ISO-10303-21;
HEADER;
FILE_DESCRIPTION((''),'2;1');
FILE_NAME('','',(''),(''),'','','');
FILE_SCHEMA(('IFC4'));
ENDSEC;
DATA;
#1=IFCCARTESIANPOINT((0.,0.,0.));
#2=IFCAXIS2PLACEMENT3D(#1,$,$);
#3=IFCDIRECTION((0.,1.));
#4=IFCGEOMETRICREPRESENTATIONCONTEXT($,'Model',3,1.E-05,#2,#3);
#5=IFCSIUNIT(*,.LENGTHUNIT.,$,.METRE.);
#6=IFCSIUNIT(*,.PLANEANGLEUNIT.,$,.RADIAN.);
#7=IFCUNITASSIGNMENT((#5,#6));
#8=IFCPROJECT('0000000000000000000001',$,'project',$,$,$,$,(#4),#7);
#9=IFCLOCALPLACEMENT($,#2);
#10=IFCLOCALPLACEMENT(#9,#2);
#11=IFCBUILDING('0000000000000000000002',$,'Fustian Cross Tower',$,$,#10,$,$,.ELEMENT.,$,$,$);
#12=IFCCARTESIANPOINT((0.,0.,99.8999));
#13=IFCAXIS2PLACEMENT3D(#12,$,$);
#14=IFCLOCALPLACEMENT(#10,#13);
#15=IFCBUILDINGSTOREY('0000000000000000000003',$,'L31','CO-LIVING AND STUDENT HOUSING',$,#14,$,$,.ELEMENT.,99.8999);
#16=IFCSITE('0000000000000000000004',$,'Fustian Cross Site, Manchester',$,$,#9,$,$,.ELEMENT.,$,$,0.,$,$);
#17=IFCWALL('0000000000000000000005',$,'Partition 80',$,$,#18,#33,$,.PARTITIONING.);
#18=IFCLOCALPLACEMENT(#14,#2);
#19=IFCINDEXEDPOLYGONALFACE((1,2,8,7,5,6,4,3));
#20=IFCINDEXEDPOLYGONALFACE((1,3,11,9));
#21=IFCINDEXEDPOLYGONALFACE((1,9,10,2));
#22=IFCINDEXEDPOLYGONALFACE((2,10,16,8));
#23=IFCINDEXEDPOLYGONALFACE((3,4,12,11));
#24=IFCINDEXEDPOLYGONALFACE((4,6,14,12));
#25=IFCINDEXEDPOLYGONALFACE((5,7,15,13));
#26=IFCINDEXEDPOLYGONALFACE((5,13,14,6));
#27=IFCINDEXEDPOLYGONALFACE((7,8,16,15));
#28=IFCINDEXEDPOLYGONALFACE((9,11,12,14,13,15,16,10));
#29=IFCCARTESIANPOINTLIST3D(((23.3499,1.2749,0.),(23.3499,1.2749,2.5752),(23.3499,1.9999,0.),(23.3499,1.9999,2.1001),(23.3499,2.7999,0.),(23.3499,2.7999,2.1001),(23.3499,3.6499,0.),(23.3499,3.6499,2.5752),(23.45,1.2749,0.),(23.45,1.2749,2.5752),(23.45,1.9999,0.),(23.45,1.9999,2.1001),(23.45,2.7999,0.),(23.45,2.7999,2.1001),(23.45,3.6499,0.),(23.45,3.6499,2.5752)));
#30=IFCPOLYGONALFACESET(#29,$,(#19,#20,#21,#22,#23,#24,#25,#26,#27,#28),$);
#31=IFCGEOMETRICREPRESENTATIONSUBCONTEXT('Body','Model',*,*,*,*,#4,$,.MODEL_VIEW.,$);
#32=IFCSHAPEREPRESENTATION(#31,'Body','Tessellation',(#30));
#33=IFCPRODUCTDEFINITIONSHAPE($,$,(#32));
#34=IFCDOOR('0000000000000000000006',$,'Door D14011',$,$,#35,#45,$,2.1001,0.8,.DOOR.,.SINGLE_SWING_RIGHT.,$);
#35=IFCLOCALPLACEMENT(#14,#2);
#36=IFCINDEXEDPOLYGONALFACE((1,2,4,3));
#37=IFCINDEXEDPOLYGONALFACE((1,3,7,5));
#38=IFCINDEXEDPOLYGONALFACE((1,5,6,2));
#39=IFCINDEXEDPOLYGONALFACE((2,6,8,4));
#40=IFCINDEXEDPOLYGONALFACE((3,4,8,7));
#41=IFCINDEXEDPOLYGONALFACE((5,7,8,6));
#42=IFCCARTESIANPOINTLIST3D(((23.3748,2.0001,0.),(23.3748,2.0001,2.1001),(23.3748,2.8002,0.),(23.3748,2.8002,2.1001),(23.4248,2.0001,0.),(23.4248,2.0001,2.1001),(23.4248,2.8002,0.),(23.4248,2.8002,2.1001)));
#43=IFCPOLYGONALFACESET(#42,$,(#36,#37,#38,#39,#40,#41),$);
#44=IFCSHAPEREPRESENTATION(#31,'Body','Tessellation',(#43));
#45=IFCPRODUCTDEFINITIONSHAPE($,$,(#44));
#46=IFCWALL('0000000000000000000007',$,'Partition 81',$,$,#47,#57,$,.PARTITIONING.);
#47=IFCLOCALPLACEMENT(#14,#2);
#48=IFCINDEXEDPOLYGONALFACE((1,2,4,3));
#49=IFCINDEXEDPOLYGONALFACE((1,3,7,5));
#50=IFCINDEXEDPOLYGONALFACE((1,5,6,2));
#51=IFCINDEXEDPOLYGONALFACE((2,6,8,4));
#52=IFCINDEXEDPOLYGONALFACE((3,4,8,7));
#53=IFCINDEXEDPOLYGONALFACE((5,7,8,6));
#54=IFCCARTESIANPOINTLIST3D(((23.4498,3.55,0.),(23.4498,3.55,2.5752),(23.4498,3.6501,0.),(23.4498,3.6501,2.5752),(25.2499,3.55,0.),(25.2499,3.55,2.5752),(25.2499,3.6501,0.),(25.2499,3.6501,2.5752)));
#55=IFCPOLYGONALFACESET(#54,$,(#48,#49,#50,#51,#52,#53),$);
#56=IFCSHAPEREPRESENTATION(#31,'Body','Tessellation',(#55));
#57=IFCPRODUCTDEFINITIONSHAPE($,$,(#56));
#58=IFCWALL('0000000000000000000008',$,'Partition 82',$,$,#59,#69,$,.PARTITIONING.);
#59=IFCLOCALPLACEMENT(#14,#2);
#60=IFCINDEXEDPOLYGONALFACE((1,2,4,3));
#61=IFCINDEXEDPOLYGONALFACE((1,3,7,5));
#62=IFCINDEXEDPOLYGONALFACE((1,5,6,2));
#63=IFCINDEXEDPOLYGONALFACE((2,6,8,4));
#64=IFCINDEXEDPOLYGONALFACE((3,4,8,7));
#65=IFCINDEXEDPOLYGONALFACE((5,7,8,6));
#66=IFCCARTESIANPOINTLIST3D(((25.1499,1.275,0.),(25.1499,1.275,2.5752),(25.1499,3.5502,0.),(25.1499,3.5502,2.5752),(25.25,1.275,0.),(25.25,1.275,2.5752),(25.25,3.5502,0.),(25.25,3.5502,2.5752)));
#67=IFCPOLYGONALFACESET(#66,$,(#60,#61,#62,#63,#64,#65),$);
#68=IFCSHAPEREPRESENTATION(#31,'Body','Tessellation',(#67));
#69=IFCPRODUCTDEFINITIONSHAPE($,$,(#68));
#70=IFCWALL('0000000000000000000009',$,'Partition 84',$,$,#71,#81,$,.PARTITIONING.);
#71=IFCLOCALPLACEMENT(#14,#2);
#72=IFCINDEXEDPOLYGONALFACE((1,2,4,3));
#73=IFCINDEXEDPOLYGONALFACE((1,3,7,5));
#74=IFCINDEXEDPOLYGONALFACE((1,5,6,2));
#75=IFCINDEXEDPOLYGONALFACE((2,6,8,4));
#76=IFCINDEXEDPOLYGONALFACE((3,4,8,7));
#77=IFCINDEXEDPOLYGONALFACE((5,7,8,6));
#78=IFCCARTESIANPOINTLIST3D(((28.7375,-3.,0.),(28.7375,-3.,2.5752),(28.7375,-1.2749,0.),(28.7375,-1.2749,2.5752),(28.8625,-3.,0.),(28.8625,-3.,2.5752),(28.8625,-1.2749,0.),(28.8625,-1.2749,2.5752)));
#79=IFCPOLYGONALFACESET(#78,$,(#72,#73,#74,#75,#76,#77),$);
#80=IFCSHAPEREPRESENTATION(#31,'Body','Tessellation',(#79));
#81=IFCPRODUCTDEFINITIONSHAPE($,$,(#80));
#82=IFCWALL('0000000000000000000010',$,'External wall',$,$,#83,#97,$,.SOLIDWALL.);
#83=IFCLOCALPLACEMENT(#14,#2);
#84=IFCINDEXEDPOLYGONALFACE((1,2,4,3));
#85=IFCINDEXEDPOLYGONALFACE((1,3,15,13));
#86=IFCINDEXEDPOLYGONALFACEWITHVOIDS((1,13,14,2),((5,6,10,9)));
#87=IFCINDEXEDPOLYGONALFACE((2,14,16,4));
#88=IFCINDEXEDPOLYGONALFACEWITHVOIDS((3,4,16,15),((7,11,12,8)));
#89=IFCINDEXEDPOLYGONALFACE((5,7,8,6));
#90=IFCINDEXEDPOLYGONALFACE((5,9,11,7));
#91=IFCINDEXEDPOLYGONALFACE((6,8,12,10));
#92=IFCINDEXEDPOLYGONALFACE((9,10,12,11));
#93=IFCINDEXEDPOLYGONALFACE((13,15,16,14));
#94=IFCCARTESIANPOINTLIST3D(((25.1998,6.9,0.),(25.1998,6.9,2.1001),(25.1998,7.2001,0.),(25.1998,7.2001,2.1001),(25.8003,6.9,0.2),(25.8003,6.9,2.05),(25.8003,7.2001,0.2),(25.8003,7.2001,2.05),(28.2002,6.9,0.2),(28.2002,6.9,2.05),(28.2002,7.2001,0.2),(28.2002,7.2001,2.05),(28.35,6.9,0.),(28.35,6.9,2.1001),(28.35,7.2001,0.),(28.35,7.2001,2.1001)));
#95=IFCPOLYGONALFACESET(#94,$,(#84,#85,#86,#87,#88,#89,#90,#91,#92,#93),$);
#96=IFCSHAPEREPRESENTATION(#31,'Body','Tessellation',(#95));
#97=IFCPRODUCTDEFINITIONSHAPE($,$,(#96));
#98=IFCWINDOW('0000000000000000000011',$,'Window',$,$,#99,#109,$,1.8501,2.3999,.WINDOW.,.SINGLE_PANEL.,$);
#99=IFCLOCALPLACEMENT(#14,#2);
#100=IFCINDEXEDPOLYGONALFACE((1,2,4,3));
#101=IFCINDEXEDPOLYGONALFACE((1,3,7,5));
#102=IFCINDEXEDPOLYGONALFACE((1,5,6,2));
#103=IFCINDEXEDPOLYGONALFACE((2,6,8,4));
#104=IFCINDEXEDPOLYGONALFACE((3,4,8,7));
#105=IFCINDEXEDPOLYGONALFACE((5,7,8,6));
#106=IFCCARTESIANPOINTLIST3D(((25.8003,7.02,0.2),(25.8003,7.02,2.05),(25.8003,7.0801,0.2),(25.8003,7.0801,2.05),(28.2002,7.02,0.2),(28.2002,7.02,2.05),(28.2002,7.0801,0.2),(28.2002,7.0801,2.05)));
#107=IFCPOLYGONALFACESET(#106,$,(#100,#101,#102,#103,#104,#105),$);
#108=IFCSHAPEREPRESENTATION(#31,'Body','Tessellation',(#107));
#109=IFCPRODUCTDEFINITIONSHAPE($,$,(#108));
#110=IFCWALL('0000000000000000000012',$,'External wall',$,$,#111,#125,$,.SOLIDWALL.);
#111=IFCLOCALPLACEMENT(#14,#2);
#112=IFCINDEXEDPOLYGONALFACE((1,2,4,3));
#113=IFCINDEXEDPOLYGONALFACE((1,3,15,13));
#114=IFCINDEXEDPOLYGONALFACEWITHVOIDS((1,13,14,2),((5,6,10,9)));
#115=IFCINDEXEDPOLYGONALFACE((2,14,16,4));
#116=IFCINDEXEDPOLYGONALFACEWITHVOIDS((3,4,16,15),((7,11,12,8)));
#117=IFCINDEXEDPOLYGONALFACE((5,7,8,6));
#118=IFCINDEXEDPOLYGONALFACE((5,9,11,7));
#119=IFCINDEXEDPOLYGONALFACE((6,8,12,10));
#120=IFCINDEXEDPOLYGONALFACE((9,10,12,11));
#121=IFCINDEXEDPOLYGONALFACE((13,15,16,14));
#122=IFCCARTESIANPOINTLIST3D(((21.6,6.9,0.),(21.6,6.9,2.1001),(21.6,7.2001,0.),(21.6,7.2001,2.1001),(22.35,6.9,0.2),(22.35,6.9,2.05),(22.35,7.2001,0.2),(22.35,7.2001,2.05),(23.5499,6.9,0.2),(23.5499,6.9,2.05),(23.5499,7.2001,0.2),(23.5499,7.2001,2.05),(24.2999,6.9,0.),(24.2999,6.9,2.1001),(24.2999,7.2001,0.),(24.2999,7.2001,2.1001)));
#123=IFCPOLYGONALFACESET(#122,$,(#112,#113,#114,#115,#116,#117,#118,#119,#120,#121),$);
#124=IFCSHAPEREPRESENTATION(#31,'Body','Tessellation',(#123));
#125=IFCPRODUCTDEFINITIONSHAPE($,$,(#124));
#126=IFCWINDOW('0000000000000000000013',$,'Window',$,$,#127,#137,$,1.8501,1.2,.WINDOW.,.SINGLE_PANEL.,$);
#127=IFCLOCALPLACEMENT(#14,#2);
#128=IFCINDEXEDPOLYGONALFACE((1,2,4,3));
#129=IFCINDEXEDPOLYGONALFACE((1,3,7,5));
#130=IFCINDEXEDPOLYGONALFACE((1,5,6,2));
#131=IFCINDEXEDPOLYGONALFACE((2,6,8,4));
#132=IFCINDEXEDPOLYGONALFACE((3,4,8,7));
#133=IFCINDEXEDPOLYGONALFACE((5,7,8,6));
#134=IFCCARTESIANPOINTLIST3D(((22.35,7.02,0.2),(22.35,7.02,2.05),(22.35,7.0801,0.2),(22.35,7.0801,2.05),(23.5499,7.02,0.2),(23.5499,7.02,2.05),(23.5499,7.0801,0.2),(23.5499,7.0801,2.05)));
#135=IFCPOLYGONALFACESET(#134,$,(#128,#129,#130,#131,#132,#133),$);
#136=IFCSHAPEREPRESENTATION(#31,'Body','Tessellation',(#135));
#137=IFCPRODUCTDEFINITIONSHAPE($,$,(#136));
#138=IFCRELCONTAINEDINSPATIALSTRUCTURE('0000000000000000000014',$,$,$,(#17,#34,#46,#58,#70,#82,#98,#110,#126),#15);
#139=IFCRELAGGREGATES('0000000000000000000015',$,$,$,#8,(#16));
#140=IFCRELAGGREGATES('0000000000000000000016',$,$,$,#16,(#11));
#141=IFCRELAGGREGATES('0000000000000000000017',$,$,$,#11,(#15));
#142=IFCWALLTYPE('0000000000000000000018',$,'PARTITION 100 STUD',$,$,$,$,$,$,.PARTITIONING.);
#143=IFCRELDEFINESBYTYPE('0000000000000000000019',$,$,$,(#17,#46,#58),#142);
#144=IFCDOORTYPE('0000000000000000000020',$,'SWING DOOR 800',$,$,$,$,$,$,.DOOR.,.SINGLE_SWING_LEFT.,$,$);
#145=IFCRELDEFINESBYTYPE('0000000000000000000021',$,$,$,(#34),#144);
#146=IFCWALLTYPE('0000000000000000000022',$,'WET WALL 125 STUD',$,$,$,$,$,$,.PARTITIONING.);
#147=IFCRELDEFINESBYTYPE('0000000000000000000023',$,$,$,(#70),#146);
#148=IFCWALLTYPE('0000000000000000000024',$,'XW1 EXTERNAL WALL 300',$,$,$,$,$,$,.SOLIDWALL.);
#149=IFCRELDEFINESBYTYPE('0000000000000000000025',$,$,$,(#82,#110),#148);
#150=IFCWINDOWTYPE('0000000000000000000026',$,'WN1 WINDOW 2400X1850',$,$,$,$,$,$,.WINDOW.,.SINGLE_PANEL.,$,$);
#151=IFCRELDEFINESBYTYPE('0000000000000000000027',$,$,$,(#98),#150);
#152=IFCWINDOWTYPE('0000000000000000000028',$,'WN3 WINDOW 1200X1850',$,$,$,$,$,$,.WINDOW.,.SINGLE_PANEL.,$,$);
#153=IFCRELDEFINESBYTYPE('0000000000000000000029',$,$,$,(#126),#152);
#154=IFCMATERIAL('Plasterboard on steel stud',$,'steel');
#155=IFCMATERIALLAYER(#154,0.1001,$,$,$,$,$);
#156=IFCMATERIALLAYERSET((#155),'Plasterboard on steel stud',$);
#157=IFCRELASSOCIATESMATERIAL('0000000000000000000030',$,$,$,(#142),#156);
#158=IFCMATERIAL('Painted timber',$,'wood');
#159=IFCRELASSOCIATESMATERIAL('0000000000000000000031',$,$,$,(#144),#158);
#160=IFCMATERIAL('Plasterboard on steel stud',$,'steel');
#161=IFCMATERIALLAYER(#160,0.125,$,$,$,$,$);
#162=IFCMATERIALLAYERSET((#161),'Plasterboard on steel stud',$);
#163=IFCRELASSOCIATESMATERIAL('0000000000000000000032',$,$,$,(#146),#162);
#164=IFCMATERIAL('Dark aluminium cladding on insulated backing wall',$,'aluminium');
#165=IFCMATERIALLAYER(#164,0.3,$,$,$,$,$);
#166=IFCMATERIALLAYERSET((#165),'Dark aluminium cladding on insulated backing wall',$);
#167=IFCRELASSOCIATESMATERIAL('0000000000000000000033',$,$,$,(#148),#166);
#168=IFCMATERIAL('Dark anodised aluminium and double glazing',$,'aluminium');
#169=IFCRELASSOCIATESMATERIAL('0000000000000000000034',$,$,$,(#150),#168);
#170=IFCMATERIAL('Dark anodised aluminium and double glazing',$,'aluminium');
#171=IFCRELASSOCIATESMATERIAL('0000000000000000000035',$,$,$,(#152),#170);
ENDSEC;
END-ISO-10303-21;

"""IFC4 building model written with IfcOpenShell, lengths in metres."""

from ifc_helpers import new_model, si_unit, direction, frame, frame_2d, origin, place, context, subcontext, project, spatial, rectangle, extrude, material, layer, layer_set, type_object, element, fill, save


model = new_model("IFC4")

# Units and contexts
model_context = context("Model", 3, precision=1e-05, world=origin(), true_north=direction((0.0, 1.0)))
body_context = subcontext(model_context, "Body", "Model", "MODEL_VIEW")
ifc_project = project(units=[si_unit("LENGTHUNIT", "METRE"), si_unit("PLANEANGLEUNIT", "RADIAN")], contexts=[model_context])

# Site, building, storey
site_placement = place(None, origin())
site = spatial("IfcSite", under=ifc_project, at=site_placement, Name="Fustian Cross Site, Manchester", CompositionType="ELEMENT", RefElevation=0.0)
building_placement = place(site_placement, origin())
building = spatial("IfcBuilding", under=site, at=building_placement, Name="Fustian Cross Tower", CompositionType="ELEMENT")
storey_placement = place(building_placement, frame((0.0, 0.0, 99.8999)))
storey = spatial("IfcBuildingStorey", under=building, at=storey_placement, Name="L31", Description="CO-LIVING AND STUDENT HOUSING", CompositionType="ELEMENT", Elevation=99.8999)

# Wall, opening, door
ifc_material_1 = material(Name="Plasterboard on steel stud", Category="steel")
ifc_layer_1 = layer(ifc_material_1, 0.1001)
ifc_layer_set_1 = layer_set([ifc_layer_1], Name="Plasterboard on steel stud")
wall_type_1 = type_object("IfcWallType", Name="PARTITION 100 STUD", PredefinedType="PARTITIONING", material=ifc_layer_set_1)
wall_1_placement = place(storey_placement, frame((23.3999, 1.2749, 0.0), z_axis=(0.0, 0.0, 1.0), x_axis=(0.0, 1.0, 0.0)))
wall_1 = element("IfcWall", 1, at=wall_1_placement, inside=storey, type_object=wall_type_1, Name="Partition 80", PredefinedType="PARTITIONING", context=body_context, shape_type="SweptSolid", body=[
    extrude(rectangle(XDim=2.375, YDim=0.1001, at=frame_2d((1.1875, 0.0))), origin(), (0.0, 0.0, 1.0), 2.5752),
])
opening_1_placement = place(wall_1_placement, frame((0.7251, 0.0, 0.0)))
opening_1 = element("IfcOpeningElement", 2, at=opening_1_placement, cuts=wall_1, PredefinedType="OPENING", context=body_context, shape_type="SweptSolid", body=[
    extrude(rectangle(XDim=0.8, YDim=2.1001, at=frame_2d((0.3999, 1.05))), frame((0.0, 0.0601, 0.0), z_axis=(0.0, -1.0, 0.0), x_axis=(1.0, 0.0, 0.0)), (0.0, 0.0, 1.0), 0.1201),
])
ifc_material_2 = material(Name="Painted timber", Category="wood")
door_type_1 = type_object("IfcDoorType", Name="SWING DOOR 800", OperationType="SINGLE_SWING_LEFT", PredefinedType="DOOR", material=ifc_material_2)
door_1_placement = place(opening_1_placement, frame((0.8, 0.0, 0.0), z_axis=(0.0, 0.0, 1.0), x_axis=(-1.0, 0.0, 0.0)))
door_1 = element("IfcDoor", 3, at=door_1_placement, inside=storey, type_object=door_type_1, Name="Door D14011", OperationType="SINGLE_SWING_RIGHT", OverallHeight=2.1001, OverallWidth=0.8, PredefinedType="DOOR", context=body_context, shape_type="SweptSolid", body=[
    extrude(rectangle(XDim=0.8, YDim=2.1001, at=frame_2d((0.3999, 1.05))), frame((0.0, 0.0249, 0.0), z_axis=(0.0, -1.0, 0.0), x_axis=(1.0, 0.0, 0.0)), (0.0, 0.0, 1.0), 0.05),
])
fill(opening_1, door_1)

# Walls
wall_2_placement = place(storey_placement, frame((23.45, 3.6001, 0.0), z_axis=(0.0, 0.0, 1.0), x_axis=(1.0, 0.0, 0.0)))
element("IfcWall", 4, at=wall_2_placement, inside=storey, type_object=wall_type_1, Name="Partition 81", PredefinedType="PARTITIONING", context=body_context, shape_type="SweptSolid", body=[
    extrude(rectangle(XDim=1.8, YDim=0.1001, at=frame_2d((0.8999, 0.0))), origin(), (0.0, 0.0, 1.0), 2.5752),
])
wall_3_placement = place(storey_placement, frame((25.2, 1.2749, 0.0), z_axis=(0.0, 0.0, 1.0), x_axis=(0.0, 1.0, 0.0)))
element("IfcWall", 5, at=wall_3_placement, inside=storey, type_object=wall_type_1, Name="Partition 82", PredefinedType="PARTITIONING", context=body_context, shape_type="SweptSolid", body=[
    extrude(rectangle(XDim=2.2751, YDim=0.1001, at=frame_2d((1.1377, 0.0))), origin(), (0.0, 0.0, 1.0), 2.5752),
])
ifc_material_3 = material(Name="Plasterboard on steel stud", Category="steel")
ifc_layer_2 = layer(ifc_material_3, 0.125)
ifc_layer_set_2 = layer_set([ifc_layer_2], Name="Plasterboard on steel stud")
wall_type_2 = type_object("IfcWallType", Name="WET WALL 125 STUD", PredefinedType="PARTITIONING", material=ifc_layer_set_2)
wall_4_placement = place(storey_placement, frame((28.8, -3.0, 0.0), z_axis=(0.0, 0.0, 1.0), x_axis=(0.0, 1.0, 0.0)))
element("IfcWall", 6, at=wall_4_placement, inside=storey, type_object=wall_type_2, Name="Partition 84", PredefinedType="PARTITIONING", context=body_context, shape_type="SweptSolid", body=[
    extrude(rectangle(XDim=1.7251, YDim=0.125, at=frame_2d((0.8625, 0.0))), origin(), (0.0, 0.0, 1.0), 2.5752),
])

# Walls, openings, windows
ifc_material_4 = material(Name="Dark aluminium cladding on insulated backing wall", Category="aluminium")
ifc_layer_3 = layer(ifc_material_4, 0.3)
ifc_layer_set_3 = layer_set([ifc_layer_3], Name="Dark aluminium cladding on insulated backing wall")
wall_type_3 = type_object("IfcWallType", Name="XW1 EXTERNAL WALL 300", PredefinedType="SOLIDWALL", material=ifc_layer_set_3)
wall_5_placement = place(storey_placement, frame((28.3501, 7.05, 0.0), z_axis=(0.0, 0.0, 1.0), x_axis=(-1.0, 0.0, 0.0)))
wall_5 = element("IfcWall", 7, at=wall_5_placement, inside=storey, type_object=wall_type_3, Name="External wall", PredefinedType="SOLIDWALL", context=body_context, shape_type="SweptSolid", body=[
    extrude(rectangle(XDim=3.1501, YDim=0.3, at=frame_2d((1.5752, 0.0))), origin(), (0.0, 0.0, 1.0), 2.1001),
])
opening_2_placement = place(wall_5_placement, frame((0.1499, 0.0, 0.2)))
opening_2 = element("IfcOpeningElement", 8, at=opening_2_placement, cuts=wall_5, PredefinedType="OPENING", context=body_context, shape_type="SweptSolid", body=[
    extrude(rectangle(XDim=2.3999, YDim=1.8501, at=frame_2d((1.2, 0.925))), frame((0.0, 0.1599, 0.0), z_axis=(0.0, -1.0, 0.0), x_axis=(1.0, 0.0, 0.0)), (0.0, 0.0, 1.0), 0.3201),
])
ifc_material_5 = material(Name="Dark anodised aluminium and double glazing", Category="aluminium")
window_type_1 = type_object("IfcWindowType", Name="WN1 WINDOW 2400X1850", PartitioningType="SINGLE_PANEL", PredefinedType="WINDOW", material=ifc_material_5)
window_1_placement = place(opening_2_placement, origin())
window_1 = element("IfcWindow", 9, at=window_1_placement, inside=storey, type_object=window_type_1, Name="Window", OverallHeight=1.8501, OverallWidth=2.3999, PartitioningType="SINGLE_PANEL", PredefinedType="WINDOW", context=body_context, shape_type="SweptSolid", body=[
    extrude(rectangle(XDim=2.3999, YDim=1.8501, at=frame_2d((1.2, 0.925))), frame((0.0, 0.03, 0.0), z_axis=(0.0, -1.0, 0.0), x_axis=(1.0, 0.0, 0.0)), (0.0, 0.0, 1.0), 0.0601),
])
fill(opening_2, window_1)
wall_6_placement = place(storey_placement, frame((24.3, 7.05, 0.0), z_axis=(0.0, 0.0, 1.0), x_axis=(-1.0, 0.0, 0.0)))
wall_6 = element("IfcWall", 10, at=wall_6_placement, inside=storey, type_object=wall_type_3, Name="External wall", PredefinedType="SOLIDWALL", context=body_context, shape_type="SweptSolid", body=[
    extrude(rectangle(XDim=2.7, YDim=0.3, at=frame_2d((1.3501, 0.0))), origin(), (0.0, 0.0, 1.0), 2.1001),
])
opening_3_placement = place(wall_6_placement, frame((0.75, 0.0, 0.2)))
opening_3 = element("IfcOpeningElement", 11, at=opening_3_placement, cuts=wall_6, PredefinedType="OPENING", context=body_context, shape_type="SweptSolid", body=[
    extrude(rectangle(XDim=1.2, YDim=1.8501, at=frame_2d((0.6001, 0.925))), frame((0.0, 0.1599, 0.0), z_axis=(0.0, -1.0, 0.0), x_axis=(1.0, 0.0, 0.0)), (0.0, 0.0, 1.0), 0.3201),
])
ifc_material_6 = material(Name="Dark anodised aluminium and double glazing", Category="aluminium")
window_type_2 = type_object("IfcWindowType", Name="WN3 WINDOW 1200X1850", PartitioningType="SINGLE_PANEL", PredefinedType="WINDOW", material=ifc_material_6)
window_2_placement = place(opening_3_placement, origin())
window_2 = element("IfcWindow", 12, at=window_2_placement, inside=storey, type_object=window_type_2, Name="Window", OverallHeight=1.8501, OverallWidth=1.2, PartitioningType="SINGLE_PANEL", PredefinedType="WINDOW", context=body_context, shape_type="SweptSolid", body=[
    extrude(rectangle(XDim=1.2, YDim=1.8501, at=frame_2d((0.6001, 0.925))), frame((0.0, 0.03, 0.0), z_axis=(0.0, -1.0, 0.0), x_axis=(1.0, 0.0, 0.0)), (0.0, 0.0, 1.0), 0.0601),
])
fill(opening_3, window_2)

save(model, "model.ifc")
